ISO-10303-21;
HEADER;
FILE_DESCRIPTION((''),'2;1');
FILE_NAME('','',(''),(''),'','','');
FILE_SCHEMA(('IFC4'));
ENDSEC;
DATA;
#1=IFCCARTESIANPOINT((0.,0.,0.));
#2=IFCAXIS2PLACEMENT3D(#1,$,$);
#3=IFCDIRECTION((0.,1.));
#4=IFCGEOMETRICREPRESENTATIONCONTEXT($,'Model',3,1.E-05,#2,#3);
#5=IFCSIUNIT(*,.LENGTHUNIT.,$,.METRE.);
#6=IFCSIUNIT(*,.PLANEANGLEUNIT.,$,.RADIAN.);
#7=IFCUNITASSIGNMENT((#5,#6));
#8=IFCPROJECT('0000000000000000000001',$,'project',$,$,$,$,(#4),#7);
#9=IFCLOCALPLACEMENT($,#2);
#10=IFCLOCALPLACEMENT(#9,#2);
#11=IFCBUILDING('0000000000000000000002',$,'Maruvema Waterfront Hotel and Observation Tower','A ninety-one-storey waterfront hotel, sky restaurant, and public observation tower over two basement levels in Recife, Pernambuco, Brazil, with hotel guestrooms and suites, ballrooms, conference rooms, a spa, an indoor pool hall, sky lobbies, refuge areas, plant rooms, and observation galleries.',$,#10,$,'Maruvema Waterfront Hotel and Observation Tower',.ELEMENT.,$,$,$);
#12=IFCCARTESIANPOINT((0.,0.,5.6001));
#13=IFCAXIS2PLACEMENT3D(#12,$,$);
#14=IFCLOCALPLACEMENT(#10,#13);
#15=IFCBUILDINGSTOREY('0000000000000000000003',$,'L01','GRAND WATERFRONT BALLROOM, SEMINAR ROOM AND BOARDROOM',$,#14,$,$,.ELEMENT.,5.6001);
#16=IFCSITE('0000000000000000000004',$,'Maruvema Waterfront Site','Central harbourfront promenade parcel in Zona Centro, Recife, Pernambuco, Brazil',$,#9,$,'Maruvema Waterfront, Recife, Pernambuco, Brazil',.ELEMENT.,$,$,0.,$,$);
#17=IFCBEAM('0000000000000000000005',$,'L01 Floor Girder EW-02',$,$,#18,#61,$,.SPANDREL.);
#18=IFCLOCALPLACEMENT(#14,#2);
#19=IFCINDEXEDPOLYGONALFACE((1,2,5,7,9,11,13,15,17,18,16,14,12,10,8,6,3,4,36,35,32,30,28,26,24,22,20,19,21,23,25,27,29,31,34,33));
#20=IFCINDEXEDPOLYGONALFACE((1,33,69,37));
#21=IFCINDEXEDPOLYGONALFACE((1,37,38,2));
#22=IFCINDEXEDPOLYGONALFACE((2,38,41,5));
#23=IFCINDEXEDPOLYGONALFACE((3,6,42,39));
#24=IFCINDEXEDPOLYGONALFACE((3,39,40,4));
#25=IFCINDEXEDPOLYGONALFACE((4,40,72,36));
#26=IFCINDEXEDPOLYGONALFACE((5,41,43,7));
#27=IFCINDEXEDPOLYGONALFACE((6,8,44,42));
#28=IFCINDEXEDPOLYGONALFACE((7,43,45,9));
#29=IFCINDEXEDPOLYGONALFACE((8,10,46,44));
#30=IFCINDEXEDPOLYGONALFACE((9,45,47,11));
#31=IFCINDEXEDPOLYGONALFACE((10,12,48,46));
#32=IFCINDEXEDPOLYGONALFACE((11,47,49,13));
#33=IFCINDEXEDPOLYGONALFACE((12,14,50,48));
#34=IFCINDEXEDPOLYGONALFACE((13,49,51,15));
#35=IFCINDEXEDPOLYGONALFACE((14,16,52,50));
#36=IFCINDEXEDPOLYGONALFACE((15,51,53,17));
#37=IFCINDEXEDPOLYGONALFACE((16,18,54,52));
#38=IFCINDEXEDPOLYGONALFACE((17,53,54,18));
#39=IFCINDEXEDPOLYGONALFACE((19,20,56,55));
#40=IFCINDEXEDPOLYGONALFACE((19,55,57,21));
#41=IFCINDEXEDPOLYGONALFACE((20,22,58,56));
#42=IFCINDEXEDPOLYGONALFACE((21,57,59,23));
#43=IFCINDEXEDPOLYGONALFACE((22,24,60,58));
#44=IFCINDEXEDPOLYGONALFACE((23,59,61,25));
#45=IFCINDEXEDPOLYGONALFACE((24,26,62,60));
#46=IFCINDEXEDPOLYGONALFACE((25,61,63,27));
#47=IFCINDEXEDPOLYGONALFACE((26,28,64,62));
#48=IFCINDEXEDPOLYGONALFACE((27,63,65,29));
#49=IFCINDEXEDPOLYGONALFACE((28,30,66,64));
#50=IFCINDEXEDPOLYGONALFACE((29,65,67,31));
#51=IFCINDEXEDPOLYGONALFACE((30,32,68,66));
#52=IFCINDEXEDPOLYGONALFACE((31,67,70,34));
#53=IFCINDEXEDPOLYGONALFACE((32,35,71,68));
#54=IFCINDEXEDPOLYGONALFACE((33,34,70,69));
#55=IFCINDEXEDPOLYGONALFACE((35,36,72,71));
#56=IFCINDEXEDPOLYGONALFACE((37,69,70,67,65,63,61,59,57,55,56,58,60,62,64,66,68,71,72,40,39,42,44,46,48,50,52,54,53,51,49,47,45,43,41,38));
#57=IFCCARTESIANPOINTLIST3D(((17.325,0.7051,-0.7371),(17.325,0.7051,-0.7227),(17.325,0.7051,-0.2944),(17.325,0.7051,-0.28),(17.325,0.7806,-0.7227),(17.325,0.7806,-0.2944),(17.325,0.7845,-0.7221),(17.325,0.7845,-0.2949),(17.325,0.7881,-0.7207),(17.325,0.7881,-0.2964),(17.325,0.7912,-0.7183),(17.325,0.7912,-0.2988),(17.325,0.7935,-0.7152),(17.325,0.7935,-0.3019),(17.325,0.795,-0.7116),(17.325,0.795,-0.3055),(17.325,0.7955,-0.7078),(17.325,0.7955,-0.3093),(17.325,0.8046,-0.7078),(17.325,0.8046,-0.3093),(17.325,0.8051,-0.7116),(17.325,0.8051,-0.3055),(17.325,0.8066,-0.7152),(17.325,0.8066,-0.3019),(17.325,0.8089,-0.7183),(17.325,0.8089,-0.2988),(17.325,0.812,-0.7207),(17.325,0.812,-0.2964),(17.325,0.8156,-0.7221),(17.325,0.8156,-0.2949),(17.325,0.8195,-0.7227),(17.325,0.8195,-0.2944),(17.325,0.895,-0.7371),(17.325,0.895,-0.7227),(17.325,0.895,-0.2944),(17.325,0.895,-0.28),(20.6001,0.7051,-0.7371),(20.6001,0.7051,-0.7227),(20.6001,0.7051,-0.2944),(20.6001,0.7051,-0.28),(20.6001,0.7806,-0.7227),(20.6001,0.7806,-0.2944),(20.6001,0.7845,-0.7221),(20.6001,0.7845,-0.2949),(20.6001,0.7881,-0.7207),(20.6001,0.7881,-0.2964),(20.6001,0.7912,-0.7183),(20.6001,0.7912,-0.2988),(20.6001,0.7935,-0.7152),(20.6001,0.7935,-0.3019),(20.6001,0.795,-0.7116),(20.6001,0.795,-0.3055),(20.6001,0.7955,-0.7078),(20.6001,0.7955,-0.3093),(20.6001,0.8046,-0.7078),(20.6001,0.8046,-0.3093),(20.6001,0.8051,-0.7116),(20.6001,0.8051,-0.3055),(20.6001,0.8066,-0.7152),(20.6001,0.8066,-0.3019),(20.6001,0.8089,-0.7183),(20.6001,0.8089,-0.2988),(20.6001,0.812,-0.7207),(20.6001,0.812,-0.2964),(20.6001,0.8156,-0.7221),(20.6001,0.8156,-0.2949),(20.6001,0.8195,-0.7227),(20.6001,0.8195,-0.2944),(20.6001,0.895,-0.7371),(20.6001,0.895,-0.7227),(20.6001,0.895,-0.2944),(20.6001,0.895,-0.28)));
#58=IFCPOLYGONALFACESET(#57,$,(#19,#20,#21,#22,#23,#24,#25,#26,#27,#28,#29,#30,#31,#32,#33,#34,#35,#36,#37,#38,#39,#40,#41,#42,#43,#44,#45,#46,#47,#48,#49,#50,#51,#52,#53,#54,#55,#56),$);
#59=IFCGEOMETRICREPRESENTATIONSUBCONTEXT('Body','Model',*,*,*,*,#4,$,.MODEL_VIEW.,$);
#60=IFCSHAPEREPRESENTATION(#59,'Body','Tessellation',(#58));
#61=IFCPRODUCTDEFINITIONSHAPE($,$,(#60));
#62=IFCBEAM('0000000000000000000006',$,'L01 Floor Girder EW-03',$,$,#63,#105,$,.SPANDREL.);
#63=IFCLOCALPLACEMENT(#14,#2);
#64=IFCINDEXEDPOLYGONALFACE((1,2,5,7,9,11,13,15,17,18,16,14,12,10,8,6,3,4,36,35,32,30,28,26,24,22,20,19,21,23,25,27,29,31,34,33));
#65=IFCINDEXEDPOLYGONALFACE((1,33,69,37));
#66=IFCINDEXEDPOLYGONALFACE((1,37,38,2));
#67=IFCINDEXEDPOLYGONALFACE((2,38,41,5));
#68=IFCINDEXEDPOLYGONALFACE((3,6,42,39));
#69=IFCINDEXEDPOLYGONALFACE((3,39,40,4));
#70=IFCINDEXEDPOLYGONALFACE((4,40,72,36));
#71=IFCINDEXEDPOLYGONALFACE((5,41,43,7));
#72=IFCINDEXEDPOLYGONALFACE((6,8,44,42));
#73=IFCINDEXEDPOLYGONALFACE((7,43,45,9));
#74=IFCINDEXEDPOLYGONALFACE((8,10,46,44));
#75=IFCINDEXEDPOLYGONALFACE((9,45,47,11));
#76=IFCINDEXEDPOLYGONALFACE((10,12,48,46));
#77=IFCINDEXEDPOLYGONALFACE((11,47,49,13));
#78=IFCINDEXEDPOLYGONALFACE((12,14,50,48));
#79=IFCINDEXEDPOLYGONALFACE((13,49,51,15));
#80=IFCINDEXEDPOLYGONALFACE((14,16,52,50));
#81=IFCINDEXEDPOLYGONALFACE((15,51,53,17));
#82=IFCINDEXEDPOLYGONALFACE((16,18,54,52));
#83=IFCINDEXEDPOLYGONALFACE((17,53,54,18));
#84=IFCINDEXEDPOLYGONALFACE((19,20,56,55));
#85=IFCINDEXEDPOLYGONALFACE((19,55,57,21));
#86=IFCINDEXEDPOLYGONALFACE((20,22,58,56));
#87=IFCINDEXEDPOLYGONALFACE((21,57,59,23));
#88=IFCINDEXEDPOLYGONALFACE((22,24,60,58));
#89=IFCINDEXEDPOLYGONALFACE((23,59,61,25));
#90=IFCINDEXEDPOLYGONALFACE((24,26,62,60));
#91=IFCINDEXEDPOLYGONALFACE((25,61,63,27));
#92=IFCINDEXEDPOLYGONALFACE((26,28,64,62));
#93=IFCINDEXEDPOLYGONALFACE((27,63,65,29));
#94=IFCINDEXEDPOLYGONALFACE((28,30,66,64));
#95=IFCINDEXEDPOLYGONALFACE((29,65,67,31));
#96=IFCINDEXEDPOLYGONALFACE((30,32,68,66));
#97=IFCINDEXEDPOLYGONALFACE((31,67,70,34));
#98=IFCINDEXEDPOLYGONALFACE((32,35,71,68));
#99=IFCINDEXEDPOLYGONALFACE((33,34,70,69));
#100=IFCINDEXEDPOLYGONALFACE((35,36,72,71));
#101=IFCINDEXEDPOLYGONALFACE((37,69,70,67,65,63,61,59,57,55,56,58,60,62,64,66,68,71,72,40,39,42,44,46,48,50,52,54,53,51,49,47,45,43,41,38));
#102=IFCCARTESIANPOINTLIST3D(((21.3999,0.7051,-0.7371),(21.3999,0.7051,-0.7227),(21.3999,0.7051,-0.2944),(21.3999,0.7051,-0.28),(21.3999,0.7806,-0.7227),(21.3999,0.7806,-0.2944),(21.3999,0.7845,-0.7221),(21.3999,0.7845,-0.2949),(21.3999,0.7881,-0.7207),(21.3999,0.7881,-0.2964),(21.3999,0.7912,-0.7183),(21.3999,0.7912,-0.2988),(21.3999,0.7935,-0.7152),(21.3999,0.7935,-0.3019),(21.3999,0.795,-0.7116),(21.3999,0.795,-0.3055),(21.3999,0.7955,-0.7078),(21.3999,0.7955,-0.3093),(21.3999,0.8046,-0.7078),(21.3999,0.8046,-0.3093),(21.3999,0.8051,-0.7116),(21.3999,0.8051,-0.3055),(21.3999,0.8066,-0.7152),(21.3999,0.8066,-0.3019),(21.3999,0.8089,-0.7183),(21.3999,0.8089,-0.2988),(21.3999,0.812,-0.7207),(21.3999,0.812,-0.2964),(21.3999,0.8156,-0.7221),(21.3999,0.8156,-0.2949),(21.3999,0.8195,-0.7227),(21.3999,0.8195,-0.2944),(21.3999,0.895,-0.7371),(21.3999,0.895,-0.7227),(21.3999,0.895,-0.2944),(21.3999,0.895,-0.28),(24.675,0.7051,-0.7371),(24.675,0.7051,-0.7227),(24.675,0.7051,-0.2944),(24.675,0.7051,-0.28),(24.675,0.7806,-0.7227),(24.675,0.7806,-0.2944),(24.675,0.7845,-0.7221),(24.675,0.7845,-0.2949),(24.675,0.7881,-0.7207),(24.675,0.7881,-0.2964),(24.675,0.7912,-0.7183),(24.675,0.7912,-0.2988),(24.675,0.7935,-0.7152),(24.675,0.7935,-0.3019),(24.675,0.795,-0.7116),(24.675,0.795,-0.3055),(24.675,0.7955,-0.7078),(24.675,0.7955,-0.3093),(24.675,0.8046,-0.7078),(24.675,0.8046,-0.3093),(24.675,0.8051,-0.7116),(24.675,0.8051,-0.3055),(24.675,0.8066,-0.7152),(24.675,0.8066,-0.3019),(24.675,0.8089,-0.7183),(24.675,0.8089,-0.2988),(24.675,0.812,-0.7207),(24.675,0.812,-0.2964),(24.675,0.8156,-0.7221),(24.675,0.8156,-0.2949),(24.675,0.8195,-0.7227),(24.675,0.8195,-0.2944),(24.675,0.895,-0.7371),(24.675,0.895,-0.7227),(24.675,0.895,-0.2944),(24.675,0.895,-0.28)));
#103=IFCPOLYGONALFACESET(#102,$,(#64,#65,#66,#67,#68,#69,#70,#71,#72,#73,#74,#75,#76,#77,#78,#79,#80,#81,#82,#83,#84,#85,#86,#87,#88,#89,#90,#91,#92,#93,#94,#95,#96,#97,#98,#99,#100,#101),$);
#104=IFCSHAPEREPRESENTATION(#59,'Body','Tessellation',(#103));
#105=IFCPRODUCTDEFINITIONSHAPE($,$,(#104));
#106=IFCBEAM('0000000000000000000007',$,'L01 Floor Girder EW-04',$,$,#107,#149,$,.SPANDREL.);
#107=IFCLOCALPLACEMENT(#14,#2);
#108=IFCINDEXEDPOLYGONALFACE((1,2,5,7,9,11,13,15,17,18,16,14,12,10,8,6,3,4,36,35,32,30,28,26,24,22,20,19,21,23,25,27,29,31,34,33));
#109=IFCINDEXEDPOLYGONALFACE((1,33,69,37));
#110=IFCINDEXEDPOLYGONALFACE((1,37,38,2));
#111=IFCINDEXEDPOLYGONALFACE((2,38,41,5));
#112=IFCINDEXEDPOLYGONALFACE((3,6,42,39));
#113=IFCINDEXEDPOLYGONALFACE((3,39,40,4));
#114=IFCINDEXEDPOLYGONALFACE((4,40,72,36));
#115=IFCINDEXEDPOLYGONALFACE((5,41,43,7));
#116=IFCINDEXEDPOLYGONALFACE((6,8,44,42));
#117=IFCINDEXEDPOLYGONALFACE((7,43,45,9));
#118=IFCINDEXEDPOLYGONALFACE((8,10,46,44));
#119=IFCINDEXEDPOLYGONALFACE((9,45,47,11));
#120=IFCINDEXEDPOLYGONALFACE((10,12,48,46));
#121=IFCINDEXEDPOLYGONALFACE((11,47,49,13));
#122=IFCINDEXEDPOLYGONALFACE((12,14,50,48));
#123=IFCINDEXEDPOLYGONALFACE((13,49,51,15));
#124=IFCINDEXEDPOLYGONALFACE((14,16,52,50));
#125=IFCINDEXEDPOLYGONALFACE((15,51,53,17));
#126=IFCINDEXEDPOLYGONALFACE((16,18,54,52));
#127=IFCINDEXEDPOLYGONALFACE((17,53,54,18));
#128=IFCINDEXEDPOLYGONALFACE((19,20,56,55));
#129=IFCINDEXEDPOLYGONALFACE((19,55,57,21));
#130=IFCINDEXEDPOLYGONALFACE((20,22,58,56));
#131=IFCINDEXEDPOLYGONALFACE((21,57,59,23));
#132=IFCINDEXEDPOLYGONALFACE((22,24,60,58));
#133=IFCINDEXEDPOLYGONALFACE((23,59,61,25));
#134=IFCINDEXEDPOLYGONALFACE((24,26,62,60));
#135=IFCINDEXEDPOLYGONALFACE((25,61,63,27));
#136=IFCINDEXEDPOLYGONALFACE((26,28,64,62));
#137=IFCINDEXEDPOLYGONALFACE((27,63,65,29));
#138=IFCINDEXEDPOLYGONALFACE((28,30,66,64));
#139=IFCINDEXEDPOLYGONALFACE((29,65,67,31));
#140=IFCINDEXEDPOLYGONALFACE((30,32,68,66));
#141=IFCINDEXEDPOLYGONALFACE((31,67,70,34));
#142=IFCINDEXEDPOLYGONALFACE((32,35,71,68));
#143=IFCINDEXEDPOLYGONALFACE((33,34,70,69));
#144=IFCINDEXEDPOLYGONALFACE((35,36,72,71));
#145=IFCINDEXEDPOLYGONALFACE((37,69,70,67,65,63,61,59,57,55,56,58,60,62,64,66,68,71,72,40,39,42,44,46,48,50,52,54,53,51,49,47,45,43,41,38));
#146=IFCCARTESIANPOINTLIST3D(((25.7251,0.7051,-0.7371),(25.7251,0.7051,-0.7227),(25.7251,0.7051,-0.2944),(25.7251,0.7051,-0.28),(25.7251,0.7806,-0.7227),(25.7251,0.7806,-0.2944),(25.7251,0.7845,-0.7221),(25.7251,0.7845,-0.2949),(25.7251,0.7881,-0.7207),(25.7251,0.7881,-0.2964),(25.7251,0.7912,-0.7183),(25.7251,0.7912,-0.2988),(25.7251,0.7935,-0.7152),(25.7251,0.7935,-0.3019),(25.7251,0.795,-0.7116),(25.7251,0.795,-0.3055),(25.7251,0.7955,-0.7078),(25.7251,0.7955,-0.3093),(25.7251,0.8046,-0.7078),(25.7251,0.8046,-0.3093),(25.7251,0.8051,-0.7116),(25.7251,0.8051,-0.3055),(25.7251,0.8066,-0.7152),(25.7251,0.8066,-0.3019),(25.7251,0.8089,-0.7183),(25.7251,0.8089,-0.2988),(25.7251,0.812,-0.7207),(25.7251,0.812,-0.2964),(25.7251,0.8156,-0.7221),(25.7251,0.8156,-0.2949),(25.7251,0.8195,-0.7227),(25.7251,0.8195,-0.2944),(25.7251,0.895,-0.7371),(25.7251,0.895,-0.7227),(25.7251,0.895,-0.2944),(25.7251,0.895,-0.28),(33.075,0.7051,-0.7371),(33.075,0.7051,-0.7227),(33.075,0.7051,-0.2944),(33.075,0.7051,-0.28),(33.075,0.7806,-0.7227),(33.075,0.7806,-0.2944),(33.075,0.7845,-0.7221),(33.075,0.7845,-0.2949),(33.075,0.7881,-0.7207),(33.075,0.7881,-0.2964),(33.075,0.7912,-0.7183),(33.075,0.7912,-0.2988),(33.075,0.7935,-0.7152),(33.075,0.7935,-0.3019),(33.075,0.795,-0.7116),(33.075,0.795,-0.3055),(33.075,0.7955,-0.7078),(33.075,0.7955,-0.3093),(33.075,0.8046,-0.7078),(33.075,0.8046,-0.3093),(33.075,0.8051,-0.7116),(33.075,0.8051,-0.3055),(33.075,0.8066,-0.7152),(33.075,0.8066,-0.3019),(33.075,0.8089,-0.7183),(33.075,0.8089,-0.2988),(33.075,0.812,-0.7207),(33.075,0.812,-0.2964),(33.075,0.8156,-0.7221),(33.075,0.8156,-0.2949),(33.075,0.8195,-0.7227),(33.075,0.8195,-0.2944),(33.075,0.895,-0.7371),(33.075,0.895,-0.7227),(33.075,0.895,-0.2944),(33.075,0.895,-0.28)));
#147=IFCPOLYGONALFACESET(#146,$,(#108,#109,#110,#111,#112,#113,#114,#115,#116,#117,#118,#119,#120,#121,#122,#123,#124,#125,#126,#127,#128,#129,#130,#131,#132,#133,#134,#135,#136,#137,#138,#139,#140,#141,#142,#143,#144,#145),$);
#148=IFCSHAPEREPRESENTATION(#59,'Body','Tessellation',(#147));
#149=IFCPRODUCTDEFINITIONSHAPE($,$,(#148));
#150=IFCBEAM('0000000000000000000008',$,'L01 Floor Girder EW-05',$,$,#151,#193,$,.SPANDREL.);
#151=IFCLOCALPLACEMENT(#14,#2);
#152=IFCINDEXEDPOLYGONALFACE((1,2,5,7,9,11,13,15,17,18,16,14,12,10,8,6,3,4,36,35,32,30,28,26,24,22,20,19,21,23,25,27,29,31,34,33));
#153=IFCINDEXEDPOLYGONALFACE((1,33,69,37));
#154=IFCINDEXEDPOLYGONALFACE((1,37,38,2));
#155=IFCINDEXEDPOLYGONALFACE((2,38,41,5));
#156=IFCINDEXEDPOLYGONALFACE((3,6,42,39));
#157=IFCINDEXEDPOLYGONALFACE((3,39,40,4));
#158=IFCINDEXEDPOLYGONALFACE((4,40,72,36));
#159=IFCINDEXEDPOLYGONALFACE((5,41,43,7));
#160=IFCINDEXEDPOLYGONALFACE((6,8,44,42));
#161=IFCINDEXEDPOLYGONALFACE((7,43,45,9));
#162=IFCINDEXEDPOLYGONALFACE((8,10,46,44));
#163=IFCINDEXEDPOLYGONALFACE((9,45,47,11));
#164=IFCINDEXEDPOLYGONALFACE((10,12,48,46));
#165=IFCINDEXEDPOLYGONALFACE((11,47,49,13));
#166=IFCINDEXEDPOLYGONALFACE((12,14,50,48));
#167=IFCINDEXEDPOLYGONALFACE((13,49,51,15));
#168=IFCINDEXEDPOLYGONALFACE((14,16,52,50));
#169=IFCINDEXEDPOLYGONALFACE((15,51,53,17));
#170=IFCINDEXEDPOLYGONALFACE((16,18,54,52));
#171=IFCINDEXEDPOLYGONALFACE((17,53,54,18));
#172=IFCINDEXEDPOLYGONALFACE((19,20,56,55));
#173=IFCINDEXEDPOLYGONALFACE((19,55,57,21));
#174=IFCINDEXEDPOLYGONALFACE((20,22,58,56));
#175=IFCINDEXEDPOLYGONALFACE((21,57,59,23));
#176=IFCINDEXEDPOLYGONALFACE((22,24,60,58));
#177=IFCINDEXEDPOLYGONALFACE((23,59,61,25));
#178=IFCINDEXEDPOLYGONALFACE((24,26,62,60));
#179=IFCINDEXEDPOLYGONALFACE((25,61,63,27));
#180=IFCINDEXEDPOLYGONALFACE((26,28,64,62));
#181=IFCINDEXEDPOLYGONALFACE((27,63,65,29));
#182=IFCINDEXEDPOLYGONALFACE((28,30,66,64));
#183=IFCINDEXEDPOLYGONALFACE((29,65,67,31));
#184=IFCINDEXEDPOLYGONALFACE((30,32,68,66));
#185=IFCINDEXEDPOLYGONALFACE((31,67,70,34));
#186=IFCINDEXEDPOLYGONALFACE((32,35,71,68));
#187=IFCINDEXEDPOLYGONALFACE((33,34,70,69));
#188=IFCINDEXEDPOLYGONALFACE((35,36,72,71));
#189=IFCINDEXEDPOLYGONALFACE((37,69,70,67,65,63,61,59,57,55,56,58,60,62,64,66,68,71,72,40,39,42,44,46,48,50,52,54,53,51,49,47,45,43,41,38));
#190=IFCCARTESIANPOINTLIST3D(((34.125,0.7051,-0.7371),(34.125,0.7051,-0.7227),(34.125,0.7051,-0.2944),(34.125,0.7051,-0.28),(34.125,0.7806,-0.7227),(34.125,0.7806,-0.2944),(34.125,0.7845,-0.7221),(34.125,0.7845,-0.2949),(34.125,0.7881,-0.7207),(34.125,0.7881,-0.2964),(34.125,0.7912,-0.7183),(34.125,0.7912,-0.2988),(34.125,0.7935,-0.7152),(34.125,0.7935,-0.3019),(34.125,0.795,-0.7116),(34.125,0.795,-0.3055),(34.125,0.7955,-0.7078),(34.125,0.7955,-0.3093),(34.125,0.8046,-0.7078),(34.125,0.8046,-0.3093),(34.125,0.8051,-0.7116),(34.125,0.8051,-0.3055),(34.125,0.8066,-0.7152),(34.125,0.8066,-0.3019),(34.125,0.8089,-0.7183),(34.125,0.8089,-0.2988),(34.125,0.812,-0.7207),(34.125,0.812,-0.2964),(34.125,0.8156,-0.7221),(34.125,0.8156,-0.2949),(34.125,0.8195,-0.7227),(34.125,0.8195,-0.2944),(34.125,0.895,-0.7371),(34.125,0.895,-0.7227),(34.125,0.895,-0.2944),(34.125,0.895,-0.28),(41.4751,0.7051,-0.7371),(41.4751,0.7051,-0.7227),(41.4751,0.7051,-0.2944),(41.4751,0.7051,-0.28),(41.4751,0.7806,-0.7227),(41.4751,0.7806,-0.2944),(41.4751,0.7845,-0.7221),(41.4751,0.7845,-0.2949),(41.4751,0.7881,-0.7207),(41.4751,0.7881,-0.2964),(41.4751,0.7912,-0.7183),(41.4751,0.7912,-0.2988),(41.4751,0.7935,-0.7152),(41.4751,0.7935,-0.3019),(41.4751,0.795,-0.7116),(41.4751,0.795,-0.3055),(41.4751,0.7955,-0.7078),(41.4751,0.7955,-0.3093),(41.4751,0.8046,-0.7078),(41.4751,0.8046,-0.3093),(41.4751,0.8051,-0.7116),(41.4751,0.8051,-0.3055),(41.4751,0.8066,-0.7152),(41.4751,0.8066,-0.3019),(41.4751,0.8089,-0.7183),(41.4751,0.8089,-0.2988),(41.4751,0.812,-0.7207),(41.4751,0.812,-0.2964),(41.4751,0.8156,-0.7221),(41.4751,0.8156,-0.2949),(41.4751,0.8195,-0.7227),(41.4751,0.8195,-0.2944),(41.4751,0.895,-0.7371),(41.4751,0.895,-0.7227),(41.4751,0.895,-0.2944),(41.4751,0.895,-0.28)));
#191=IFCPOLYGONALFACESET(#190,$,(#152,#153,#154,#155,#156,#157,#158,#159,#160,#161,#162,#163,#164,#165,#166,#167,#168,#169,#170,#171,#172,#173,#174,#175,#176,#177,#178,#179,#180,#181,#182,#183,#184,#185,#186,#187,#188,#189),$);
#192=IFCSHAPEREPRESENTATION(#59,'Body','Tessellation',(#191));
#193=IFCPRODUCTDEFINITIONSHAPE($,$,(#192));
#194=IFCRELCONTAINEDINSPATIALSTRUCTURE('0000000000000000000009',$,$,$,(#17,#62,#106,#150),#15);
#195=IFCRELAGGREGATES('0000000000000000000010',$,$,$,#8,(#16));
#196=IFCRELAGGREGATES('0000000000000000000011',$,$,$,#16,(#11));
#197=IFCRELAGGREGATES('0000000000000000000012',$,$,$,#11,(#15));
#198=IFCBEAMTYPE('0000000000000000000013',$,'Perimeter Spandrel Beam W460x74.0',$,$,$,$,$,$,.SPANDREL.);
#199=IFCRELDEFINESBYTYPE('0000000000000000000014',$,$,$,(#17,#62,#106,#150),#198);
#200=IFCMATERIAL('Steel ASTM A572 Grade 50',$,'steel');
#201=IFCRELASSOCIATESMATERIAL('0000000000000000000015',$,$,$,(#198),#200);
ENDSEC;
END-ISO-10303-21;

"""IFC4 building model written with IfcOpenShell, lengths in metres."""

from ifc_helpers import new_model, si_unit, direction, frame, origin, origin_2d, place, context, subcontext, project, spatial, i_section, extrude, material, material_profile, profile_set, type_object, element, save


model = new_model("IFC4")

# Units and contexts
model_context = context("Model", 3, precision=1e-05, world=origin(), true_north=direction((0.0, 1.0)))
body_context = subcontext(model_context, "Body", "Model", "MODEL_VIEW")
ifc_project = project(units=[si_unit("LENGTHUNIT", "METRE"), si_unit("PLANEANGLEUNIT", "RADIAN")], contexts=[model_context])

# Site, building, storey
site_placement = place(None, origin())
site = spatial("IfcSite", under=ifc_project, at=site_placement, Name="Maruvema Waterfront Site", Description="Central harbourfront promenade parcel in Zona Centro, Recife, Pernambuco, Brazil", LongName="Maruvema Waterfront, Recife, Pernambuco, Brazil", CompositionType="ELEMENT", RefElevation=0.0)
building_placement = place(site_placement, origin())
building = spatial("IfcBuilding", under=site, at=building_placement, Name="Maruvema Waterfront Hotel and Observation Tower", Description="A ninety-one-storey waterfront hotel, sky restaurant, and public observation tower over two basement levels in Recife, Pernambuco, Brazil, with hotel guestrooms and suites, ballrooms, conference rooms, a spa, an indoor pool hall, sky lobbies, refuge areas, plant rooms, and observation galleries.", LongName="Maruvema Waterfront Hotel and Observation Tower", CompositionType="ELEMENT")
storey_placement = place(building_placement, frame((0.0, 0.0, 5.6001)))
storey = spatial("IfcBuildingStorey", under=building, at=storey_placement, Name="L01", Description="GRAND WATERFRONT BALLROOM, SEMINAR ROOM AND BOARDROOM", CompositionType="ELEMENT", Elevation=5.6001)

# Beams
ifc_material_1 = material(Name="Steel ASTM A572 Grade 50", Category="steel")
ifc_material_profile_1 = material_profile(ifc_material_1, i_section(OverallWidth=0.1899, OverallDepth=0.457, WebThickness=0.009, FlangeThickness=0.0144, FilletRadius=0.0149, at=origin_2d()), Name="W460x74.0")
ifc_profile_set_1 = profile_set([ifc_material_profile_1], Name="Steel ASTM A572 Grade 50")
beam_type_1 = type_object("IfcBeamType", Name="Perimeter Spandrel Beam W460x74.0", PredefinedType="SPANDREL", material=ifc_profile_set_1)
for number, where, z_axis, x_axis, name in (
    (1, (17.325, 0.8, -0.5085), (1.0, 0.0, 0.0), (0.0, 1.0, 0.0), "L01 Floor Girder EW-02"),
    (2, (21.3999, 0.8, -0.5085), (1.0, 0.0, 0.0), (0.0, 1.0, 0.0), "L01 Floor Girder EW-03"),
):
    element("IfcBeam", number, at=place(storey_placement, frame(where, z_axis=z_axis, x_axis=x_axis)), inside=storey, type_object=beam_type_1, Name=name, PredefinedType="SPANDREL", context=body_context, shape_type="SweptSolid", body=[
        extrude(i_section(OverallWidth=0.1899, OverallDepth=0.457, WebThickness=0.009, FlangeThickness=0.0144, FilletRadius=0.0149, at=origin_2d()), origin(), (0.0, 0.0, 1.0), 3.2751),
    ])
beam_1_placement = place(storey_placement, frame((25.7251, 0.8, -0.5085), z_axis=(1.0, 0.0, 0.0), x_axis=(0.0, 1.0, 0.0)))
element("IfcBeam", 3, at=beam_1_placement, inside=storey, type_object=beam_type_1, Name="L01 Floor Girder EW-04", PredefinedType="SPANDREL", context=body_context, shape_type="SweptSolid", body=[
    extrude(i_section(OverallWidth=0.1899, OverallDepth=0.457, WebThickness=0.009, FlangeThickness=0.0144, FilletRadius=0.0149, at=origin_2d()), origin(), (0.0, 0.0, 1.0), 7.3499),
])
beam_2_placement = place(storey_placement, frame((34.125, 0.8, -0.5085), z_axis=(1.0, 0.0, 0.0), x_axis=(0.0, 1.0, 0.0)))
element("IfcBeam", 4, at=beam_2_placement, inside=storey, type_object=beam_type_1, Name="L01 Floor Girder EW-05", PredefinedType="SPANDREL", context=body_context, shape_type="SweptSolid", body=[
    extrude(i_section(OverallWidth=0.1899, OverallDepth=0.457, WebThickness=0.009, FlangeThickness=0.0144, FilletRadius=0.0149, at=origin_2d()), origin(), (0.0, 0.0, 1.0), 7.3501),
])

save(model, "model.ifc")
